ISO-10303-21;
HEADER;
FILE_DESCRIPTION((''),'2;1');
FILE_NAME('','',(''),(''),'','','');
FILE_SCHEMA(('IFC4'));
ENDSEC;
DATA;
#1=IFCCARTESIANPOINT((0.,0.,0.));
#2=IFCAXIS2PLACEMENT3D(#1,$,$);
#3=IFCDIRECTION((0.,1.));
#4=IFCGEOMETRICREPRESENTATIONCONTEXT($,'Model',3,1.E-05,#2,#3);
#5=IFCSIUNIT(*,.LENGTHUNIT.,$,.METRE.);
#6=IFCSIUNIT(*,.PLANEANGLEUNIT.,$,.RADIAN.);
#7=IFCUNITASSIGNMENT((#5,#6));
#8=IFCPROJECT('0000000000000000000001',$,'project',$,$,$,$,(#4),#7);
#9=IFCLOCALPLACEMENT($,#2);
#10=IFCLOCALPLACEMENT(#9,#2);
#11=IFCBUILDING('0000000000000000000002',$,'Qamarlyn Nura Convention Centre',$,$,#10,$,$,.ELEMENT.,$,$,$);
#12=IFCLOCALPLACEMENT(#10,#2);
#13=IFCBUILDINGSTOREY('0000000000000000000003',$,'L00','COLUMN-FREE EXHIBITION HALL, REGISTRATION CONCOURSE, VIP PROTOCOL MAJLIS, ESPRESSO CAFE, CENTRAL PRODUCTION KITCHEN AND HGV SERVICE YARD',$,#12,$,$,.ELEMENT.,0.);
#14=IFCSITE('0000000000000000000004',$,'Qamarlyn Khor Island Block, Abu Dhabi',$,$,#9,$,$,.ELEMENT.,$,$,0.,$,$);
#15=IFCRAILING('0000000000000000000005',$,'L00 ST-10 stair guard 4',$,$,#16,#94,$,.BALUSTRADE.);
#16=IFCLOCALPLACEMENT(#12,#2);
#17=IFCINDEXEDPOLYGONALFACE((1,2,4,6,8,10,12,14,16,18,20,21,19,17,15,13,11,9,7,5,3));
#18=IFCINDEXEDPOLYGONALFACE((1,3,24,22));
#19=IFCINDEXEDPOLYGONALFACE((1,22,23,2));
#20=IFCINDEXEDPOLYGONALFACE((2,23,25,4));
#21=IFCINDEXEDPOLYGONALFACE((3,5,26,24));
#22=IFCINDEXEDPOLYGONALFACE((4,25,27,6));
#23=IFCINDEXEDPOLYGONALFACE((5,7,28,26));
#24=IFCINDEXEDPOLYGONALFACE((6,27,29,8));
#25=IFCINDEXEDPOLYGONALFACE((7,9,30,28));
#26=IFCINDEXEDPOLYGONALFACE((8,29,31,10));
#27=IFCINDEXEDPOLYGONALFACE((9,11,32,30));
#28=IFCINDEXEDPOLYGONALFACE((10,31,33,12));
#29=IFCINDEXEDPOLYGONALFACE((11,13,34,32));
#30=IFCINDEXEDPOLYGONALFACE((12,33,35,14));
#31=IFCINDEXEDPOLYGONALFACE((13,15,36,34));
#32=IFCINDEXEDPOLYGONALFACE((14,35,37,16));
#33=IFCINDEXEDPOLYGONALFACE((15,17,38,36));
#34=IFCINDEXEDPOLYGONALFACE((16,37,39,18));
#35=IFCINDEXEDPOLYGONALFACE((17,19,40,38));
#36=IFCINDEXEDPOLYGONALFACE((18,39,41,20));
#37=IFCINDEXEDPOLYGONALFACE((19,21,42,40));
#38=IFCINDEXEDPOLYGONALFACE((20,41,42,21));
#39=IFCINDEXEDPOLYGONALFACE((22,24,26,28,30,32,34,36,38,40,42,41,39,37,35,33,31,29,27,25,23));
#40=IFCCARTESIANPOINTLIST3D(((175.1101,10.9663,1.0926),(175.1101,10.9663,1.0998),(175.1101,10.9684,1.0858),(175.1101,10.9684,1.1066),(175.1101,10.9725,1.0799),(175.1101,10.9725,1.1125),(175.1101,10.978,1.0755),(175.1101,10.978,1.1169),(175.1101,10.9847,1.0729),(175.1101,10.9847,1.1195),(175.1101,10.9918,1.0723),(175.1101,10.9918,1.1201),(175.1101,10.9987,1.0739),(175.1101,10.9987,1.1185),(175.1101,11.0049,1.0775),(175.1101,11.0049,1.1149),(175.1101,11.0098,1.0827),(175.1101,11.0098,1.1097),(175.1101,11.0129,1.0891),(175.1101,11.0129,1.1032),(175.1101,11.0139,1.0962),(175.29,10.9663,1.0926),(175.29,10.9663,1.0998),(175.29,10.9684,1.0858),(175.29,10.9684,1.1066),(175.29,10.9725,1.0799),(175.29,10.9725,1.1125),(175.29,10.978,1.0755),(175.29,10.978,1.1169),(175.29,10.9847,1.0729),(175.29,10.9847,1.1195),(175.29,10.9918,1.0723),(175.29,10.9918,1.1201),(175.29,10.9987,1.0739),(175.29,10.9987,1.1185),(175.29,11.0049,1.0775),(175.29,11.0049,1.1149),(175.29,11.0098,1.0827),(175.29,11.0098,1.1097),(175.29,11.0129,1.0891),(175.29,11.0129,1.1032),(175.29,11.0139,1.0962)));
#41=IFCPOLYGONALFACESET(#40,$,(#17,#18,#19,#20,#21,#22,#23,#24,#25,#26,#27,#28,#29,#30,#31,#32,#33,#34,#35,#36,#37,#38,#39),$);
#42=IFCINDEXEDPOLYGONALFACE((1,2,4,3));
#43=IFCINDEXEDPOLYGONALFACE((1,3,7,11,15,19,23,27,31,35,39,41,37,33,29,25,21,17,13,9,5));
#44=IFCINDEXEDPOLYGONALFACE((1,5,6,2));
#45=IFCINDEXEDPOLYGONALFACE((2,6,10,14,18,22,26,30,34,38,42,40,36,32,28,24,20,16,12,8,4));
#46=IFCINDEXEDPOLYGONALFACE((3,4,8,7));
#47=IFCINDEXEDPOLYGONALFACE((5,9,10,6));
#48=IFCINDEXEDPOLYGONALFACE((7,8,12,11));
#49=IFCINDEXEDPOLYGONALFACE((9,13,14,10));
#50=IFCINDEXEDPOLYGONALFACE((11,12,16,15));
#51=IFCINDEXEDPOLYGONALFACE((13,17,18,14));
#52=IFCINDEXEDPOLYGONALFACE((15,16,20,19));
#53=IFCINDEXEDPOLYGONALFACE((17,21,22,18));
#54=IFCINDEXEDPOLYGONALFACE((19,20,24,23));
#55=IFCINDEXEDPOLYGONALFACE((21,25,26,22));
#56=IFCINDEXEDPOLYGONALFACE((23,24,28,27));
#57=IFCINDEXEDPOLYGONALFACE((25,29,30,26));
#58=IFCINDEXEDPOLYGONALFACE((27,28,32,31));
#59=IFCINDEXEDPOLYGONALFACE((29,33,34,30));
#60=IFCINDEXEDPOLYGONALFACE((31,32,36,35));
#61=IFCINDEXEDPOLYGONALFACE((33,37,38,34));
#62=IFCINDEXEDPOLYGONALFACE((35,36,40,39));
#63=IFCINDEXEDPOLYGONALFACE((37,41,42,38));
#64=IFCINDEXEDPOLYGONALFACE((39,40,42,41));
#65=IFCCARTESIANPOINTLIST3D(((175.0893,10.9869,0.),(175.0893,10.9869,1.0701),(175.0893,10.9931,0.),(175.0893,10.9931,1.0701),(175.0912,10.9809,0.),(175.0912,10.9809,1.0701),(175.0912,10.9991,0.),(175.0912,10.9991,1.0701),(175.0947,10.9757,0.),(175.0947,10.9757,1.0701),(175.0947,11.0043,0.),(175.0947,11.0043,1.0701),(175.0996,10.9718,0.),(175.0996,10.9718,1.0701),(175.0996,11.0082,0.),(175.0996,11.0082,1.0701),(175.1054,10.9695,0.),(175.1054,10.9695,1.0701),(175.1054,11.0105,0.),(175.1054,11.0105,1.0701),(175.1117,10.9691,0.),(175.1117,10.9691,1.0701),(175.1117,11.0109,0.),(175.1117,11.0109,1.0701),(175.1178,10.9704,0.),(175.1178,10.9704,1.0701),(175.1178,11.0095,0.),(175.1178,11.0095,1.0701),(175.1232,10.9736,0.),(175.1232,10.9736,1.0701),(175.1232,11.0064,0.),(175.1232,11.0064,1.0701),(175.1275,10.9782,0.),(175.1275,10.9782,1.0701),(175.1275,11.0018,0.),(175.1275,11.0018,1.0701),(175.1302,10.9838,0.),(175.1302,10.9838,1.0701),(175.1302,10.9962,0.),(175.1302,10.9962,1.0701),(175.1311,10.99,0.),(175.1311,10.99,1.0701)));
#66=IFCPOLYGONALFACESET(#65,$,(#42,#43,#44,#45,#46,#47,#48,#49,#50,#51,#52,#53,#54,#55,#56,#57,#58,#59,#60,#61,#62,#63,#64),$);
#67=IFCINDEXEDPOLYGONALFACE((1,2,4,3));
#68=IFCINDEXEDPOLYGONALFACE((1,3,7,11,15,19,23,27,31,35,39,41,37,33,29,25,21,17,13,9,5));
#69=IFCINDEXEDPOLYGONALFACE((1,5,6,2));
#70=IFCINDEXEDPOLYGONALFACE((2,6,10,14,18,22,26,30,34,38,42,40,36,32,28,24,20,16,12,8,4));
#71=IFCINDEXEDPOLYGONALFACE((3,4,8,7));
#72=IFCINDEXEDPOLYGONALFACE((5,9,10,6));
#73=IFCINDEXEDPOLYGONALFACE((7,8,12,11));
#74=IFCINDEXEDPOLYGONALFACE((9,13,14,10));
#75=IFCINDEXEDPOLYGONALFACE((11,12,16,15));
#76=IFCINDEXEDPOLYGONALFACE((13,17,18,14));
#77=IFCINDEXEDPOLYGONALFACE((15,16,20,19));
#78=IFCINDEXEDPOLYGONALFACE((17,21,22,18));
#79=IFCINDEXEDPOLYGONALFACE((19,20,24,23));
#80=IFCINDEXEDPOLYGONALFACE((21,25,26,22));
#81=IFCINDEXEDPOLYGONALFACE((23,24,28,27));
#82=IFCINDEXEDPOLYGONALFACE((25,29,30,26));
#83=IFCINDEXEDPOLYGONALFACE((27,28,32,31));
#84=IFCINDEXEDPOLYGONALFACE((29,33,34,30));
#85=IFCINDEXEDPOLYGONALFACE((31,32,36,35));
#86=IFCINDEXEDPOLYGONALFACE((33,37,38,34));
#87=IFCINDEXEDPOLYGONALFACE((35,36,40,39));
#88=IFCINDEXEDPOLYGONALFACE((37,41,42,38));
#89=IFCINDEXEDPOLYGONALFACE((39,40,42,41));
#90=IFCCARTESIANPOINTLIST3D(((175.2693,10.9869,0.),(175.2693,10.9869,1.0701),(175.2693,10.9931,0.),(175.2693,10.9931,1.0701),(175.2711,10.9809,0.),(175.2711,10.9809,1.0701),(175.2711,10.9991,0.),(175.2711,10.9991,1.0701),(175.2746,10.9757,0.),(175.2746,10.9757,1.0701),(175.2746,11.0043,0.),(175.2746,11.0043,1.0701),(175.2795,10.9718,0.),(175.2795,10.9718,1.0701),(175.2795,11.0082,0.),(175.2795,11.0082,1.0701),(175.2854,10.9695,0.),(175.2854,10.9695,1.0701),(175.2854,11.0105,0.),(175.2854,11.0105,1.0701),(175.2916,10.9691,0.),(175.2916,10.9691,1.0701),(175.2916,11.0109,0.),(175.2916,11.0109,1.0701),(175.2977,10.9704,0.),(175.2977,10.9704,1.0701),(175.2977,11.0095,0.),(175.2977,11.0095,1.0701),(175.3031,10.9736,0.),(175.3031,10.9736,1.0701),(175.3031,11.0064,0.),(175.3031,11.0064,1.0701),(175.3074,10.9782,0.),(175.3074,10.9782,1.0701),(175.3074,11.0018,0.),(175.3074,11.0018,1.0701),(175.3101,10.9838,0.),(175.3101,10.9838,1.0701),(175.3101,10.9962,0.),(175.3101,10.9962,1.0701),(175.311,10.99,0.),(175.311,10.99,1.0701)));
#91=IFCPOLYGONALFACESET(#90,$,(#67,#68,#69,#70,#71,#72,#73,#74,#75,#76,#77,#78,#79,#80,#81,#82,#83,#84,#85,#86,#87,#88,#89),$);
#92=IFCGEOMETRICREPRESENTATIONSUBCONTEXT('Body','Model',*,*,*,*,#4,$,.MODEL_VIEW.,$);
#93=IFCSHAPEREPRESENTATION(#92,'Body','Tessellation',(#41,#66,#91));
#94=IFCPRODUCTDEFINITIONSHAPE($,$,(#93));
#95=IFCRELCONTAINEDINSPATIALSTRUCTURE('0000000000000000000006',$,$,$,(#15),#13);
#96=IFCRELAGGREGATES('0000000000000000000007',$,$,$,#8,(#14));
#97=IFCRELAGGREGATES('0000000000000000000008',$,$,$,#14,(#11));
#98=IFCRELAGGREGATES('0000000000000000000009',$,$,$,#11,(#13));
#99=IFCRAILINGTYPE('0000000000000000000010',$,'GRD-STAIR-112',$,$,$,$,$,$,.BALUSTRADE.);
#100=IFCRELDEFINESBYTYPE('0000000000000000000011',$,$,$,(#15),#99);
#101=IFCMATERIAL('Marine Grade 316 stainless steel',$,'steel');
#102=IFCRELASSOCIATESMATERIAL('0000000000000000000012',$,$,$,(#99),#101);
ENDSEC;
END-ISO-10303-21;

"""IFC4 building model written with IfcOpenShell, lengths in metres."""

from ifc_helpers import new_model, si_unit, direction, frame, origin, origin_2d, place, context, subcontext, project, spatial, circle, extrude, material, type_object, element, save


model = new_model("IFC4")

# Units and contexts
model_context = context("Model", 3, precision=1e-05, world=origin(), true_north=direction((0.0, 1.0)))
body_context = subcontext(model_context, "Body", "Model", "MODEL_VIEW")
ifc_project = project(units=[si_unit("LENGTHUNIT", "METRE"), si_unit("PLANEANGLEUNIT", "RADIAN")], contexts=[model_context])

# Site, building, storey
site_placement = place(None, origin())
site = spatial("IfcSite", under=ifc_project, at=site_placement, Name="Qamarlyn Khor Island Block, Abu Dhabi", CompositionType="ELEMENT", RefElevation=0.0)
building_placement = place(site_placement, origin())
building = spatial("IfcBuilding", under=site, at=building_placement, Name="Qamarlyn Nura Convention Centre", CompositionType="ELEMENT")
storey_placement = place(building_placement, origin())
storey = spatial("IfcBuildingStorey", under=building, at=storey_placement, Name="L00", Description="COLUMN-FREE EXHIBITION HALL, REGISTRATION CONCOURSE, VIP PROTOCOL MAJLIS, ESPRESSO CAFE, CENTRAL PRODUCTION KITCHEN AND HGV SERVICE YARD", CompositionType="ELEMENT", Elevation=0.0)

# Railing
ifc_material_1 = material(Name="Marine Grade 316 stainless steel", Category="steel")
railing_type_1 = type_object("IfcRailingType", Name="GRD-STAIR-112", PredefinedType="BALUSTRADE", material=ifc_material_1)
railing_1_placement = place(storey_placement, frame((175.1101, 10.99, 0.0)))
element("IfcRailing", 1, at=railing_1_placement, inside=storey, type_object=railing_type_1, Name="L00 ST-10 stair guard 4", PredefinedType="BALUSTRADE", context=body_context, shape_type="SweptSolid", body=[
    extrude(circle(Radius=0.0239, at=origin_2d()), frame((0.0, 0.0, 1.0962), z_axis=(1.0, 0.0, 0.0), x_axis=(0.0, 1.0, 0.0)), (0.0, 0.0, 1.0), 0.1799),
    extrude(circle(Radius=0.021, at=origin_2d()), origin(), (0.0, 0.0, 1.0), 1.0701),
    extrude(circle(Radius=0.021, at=origin_2d()), frame((0.1799, 0.0, 0.0)), (0.0, 0.0, 1.0), 1.0701),
])

save(model, "model.ifc")
